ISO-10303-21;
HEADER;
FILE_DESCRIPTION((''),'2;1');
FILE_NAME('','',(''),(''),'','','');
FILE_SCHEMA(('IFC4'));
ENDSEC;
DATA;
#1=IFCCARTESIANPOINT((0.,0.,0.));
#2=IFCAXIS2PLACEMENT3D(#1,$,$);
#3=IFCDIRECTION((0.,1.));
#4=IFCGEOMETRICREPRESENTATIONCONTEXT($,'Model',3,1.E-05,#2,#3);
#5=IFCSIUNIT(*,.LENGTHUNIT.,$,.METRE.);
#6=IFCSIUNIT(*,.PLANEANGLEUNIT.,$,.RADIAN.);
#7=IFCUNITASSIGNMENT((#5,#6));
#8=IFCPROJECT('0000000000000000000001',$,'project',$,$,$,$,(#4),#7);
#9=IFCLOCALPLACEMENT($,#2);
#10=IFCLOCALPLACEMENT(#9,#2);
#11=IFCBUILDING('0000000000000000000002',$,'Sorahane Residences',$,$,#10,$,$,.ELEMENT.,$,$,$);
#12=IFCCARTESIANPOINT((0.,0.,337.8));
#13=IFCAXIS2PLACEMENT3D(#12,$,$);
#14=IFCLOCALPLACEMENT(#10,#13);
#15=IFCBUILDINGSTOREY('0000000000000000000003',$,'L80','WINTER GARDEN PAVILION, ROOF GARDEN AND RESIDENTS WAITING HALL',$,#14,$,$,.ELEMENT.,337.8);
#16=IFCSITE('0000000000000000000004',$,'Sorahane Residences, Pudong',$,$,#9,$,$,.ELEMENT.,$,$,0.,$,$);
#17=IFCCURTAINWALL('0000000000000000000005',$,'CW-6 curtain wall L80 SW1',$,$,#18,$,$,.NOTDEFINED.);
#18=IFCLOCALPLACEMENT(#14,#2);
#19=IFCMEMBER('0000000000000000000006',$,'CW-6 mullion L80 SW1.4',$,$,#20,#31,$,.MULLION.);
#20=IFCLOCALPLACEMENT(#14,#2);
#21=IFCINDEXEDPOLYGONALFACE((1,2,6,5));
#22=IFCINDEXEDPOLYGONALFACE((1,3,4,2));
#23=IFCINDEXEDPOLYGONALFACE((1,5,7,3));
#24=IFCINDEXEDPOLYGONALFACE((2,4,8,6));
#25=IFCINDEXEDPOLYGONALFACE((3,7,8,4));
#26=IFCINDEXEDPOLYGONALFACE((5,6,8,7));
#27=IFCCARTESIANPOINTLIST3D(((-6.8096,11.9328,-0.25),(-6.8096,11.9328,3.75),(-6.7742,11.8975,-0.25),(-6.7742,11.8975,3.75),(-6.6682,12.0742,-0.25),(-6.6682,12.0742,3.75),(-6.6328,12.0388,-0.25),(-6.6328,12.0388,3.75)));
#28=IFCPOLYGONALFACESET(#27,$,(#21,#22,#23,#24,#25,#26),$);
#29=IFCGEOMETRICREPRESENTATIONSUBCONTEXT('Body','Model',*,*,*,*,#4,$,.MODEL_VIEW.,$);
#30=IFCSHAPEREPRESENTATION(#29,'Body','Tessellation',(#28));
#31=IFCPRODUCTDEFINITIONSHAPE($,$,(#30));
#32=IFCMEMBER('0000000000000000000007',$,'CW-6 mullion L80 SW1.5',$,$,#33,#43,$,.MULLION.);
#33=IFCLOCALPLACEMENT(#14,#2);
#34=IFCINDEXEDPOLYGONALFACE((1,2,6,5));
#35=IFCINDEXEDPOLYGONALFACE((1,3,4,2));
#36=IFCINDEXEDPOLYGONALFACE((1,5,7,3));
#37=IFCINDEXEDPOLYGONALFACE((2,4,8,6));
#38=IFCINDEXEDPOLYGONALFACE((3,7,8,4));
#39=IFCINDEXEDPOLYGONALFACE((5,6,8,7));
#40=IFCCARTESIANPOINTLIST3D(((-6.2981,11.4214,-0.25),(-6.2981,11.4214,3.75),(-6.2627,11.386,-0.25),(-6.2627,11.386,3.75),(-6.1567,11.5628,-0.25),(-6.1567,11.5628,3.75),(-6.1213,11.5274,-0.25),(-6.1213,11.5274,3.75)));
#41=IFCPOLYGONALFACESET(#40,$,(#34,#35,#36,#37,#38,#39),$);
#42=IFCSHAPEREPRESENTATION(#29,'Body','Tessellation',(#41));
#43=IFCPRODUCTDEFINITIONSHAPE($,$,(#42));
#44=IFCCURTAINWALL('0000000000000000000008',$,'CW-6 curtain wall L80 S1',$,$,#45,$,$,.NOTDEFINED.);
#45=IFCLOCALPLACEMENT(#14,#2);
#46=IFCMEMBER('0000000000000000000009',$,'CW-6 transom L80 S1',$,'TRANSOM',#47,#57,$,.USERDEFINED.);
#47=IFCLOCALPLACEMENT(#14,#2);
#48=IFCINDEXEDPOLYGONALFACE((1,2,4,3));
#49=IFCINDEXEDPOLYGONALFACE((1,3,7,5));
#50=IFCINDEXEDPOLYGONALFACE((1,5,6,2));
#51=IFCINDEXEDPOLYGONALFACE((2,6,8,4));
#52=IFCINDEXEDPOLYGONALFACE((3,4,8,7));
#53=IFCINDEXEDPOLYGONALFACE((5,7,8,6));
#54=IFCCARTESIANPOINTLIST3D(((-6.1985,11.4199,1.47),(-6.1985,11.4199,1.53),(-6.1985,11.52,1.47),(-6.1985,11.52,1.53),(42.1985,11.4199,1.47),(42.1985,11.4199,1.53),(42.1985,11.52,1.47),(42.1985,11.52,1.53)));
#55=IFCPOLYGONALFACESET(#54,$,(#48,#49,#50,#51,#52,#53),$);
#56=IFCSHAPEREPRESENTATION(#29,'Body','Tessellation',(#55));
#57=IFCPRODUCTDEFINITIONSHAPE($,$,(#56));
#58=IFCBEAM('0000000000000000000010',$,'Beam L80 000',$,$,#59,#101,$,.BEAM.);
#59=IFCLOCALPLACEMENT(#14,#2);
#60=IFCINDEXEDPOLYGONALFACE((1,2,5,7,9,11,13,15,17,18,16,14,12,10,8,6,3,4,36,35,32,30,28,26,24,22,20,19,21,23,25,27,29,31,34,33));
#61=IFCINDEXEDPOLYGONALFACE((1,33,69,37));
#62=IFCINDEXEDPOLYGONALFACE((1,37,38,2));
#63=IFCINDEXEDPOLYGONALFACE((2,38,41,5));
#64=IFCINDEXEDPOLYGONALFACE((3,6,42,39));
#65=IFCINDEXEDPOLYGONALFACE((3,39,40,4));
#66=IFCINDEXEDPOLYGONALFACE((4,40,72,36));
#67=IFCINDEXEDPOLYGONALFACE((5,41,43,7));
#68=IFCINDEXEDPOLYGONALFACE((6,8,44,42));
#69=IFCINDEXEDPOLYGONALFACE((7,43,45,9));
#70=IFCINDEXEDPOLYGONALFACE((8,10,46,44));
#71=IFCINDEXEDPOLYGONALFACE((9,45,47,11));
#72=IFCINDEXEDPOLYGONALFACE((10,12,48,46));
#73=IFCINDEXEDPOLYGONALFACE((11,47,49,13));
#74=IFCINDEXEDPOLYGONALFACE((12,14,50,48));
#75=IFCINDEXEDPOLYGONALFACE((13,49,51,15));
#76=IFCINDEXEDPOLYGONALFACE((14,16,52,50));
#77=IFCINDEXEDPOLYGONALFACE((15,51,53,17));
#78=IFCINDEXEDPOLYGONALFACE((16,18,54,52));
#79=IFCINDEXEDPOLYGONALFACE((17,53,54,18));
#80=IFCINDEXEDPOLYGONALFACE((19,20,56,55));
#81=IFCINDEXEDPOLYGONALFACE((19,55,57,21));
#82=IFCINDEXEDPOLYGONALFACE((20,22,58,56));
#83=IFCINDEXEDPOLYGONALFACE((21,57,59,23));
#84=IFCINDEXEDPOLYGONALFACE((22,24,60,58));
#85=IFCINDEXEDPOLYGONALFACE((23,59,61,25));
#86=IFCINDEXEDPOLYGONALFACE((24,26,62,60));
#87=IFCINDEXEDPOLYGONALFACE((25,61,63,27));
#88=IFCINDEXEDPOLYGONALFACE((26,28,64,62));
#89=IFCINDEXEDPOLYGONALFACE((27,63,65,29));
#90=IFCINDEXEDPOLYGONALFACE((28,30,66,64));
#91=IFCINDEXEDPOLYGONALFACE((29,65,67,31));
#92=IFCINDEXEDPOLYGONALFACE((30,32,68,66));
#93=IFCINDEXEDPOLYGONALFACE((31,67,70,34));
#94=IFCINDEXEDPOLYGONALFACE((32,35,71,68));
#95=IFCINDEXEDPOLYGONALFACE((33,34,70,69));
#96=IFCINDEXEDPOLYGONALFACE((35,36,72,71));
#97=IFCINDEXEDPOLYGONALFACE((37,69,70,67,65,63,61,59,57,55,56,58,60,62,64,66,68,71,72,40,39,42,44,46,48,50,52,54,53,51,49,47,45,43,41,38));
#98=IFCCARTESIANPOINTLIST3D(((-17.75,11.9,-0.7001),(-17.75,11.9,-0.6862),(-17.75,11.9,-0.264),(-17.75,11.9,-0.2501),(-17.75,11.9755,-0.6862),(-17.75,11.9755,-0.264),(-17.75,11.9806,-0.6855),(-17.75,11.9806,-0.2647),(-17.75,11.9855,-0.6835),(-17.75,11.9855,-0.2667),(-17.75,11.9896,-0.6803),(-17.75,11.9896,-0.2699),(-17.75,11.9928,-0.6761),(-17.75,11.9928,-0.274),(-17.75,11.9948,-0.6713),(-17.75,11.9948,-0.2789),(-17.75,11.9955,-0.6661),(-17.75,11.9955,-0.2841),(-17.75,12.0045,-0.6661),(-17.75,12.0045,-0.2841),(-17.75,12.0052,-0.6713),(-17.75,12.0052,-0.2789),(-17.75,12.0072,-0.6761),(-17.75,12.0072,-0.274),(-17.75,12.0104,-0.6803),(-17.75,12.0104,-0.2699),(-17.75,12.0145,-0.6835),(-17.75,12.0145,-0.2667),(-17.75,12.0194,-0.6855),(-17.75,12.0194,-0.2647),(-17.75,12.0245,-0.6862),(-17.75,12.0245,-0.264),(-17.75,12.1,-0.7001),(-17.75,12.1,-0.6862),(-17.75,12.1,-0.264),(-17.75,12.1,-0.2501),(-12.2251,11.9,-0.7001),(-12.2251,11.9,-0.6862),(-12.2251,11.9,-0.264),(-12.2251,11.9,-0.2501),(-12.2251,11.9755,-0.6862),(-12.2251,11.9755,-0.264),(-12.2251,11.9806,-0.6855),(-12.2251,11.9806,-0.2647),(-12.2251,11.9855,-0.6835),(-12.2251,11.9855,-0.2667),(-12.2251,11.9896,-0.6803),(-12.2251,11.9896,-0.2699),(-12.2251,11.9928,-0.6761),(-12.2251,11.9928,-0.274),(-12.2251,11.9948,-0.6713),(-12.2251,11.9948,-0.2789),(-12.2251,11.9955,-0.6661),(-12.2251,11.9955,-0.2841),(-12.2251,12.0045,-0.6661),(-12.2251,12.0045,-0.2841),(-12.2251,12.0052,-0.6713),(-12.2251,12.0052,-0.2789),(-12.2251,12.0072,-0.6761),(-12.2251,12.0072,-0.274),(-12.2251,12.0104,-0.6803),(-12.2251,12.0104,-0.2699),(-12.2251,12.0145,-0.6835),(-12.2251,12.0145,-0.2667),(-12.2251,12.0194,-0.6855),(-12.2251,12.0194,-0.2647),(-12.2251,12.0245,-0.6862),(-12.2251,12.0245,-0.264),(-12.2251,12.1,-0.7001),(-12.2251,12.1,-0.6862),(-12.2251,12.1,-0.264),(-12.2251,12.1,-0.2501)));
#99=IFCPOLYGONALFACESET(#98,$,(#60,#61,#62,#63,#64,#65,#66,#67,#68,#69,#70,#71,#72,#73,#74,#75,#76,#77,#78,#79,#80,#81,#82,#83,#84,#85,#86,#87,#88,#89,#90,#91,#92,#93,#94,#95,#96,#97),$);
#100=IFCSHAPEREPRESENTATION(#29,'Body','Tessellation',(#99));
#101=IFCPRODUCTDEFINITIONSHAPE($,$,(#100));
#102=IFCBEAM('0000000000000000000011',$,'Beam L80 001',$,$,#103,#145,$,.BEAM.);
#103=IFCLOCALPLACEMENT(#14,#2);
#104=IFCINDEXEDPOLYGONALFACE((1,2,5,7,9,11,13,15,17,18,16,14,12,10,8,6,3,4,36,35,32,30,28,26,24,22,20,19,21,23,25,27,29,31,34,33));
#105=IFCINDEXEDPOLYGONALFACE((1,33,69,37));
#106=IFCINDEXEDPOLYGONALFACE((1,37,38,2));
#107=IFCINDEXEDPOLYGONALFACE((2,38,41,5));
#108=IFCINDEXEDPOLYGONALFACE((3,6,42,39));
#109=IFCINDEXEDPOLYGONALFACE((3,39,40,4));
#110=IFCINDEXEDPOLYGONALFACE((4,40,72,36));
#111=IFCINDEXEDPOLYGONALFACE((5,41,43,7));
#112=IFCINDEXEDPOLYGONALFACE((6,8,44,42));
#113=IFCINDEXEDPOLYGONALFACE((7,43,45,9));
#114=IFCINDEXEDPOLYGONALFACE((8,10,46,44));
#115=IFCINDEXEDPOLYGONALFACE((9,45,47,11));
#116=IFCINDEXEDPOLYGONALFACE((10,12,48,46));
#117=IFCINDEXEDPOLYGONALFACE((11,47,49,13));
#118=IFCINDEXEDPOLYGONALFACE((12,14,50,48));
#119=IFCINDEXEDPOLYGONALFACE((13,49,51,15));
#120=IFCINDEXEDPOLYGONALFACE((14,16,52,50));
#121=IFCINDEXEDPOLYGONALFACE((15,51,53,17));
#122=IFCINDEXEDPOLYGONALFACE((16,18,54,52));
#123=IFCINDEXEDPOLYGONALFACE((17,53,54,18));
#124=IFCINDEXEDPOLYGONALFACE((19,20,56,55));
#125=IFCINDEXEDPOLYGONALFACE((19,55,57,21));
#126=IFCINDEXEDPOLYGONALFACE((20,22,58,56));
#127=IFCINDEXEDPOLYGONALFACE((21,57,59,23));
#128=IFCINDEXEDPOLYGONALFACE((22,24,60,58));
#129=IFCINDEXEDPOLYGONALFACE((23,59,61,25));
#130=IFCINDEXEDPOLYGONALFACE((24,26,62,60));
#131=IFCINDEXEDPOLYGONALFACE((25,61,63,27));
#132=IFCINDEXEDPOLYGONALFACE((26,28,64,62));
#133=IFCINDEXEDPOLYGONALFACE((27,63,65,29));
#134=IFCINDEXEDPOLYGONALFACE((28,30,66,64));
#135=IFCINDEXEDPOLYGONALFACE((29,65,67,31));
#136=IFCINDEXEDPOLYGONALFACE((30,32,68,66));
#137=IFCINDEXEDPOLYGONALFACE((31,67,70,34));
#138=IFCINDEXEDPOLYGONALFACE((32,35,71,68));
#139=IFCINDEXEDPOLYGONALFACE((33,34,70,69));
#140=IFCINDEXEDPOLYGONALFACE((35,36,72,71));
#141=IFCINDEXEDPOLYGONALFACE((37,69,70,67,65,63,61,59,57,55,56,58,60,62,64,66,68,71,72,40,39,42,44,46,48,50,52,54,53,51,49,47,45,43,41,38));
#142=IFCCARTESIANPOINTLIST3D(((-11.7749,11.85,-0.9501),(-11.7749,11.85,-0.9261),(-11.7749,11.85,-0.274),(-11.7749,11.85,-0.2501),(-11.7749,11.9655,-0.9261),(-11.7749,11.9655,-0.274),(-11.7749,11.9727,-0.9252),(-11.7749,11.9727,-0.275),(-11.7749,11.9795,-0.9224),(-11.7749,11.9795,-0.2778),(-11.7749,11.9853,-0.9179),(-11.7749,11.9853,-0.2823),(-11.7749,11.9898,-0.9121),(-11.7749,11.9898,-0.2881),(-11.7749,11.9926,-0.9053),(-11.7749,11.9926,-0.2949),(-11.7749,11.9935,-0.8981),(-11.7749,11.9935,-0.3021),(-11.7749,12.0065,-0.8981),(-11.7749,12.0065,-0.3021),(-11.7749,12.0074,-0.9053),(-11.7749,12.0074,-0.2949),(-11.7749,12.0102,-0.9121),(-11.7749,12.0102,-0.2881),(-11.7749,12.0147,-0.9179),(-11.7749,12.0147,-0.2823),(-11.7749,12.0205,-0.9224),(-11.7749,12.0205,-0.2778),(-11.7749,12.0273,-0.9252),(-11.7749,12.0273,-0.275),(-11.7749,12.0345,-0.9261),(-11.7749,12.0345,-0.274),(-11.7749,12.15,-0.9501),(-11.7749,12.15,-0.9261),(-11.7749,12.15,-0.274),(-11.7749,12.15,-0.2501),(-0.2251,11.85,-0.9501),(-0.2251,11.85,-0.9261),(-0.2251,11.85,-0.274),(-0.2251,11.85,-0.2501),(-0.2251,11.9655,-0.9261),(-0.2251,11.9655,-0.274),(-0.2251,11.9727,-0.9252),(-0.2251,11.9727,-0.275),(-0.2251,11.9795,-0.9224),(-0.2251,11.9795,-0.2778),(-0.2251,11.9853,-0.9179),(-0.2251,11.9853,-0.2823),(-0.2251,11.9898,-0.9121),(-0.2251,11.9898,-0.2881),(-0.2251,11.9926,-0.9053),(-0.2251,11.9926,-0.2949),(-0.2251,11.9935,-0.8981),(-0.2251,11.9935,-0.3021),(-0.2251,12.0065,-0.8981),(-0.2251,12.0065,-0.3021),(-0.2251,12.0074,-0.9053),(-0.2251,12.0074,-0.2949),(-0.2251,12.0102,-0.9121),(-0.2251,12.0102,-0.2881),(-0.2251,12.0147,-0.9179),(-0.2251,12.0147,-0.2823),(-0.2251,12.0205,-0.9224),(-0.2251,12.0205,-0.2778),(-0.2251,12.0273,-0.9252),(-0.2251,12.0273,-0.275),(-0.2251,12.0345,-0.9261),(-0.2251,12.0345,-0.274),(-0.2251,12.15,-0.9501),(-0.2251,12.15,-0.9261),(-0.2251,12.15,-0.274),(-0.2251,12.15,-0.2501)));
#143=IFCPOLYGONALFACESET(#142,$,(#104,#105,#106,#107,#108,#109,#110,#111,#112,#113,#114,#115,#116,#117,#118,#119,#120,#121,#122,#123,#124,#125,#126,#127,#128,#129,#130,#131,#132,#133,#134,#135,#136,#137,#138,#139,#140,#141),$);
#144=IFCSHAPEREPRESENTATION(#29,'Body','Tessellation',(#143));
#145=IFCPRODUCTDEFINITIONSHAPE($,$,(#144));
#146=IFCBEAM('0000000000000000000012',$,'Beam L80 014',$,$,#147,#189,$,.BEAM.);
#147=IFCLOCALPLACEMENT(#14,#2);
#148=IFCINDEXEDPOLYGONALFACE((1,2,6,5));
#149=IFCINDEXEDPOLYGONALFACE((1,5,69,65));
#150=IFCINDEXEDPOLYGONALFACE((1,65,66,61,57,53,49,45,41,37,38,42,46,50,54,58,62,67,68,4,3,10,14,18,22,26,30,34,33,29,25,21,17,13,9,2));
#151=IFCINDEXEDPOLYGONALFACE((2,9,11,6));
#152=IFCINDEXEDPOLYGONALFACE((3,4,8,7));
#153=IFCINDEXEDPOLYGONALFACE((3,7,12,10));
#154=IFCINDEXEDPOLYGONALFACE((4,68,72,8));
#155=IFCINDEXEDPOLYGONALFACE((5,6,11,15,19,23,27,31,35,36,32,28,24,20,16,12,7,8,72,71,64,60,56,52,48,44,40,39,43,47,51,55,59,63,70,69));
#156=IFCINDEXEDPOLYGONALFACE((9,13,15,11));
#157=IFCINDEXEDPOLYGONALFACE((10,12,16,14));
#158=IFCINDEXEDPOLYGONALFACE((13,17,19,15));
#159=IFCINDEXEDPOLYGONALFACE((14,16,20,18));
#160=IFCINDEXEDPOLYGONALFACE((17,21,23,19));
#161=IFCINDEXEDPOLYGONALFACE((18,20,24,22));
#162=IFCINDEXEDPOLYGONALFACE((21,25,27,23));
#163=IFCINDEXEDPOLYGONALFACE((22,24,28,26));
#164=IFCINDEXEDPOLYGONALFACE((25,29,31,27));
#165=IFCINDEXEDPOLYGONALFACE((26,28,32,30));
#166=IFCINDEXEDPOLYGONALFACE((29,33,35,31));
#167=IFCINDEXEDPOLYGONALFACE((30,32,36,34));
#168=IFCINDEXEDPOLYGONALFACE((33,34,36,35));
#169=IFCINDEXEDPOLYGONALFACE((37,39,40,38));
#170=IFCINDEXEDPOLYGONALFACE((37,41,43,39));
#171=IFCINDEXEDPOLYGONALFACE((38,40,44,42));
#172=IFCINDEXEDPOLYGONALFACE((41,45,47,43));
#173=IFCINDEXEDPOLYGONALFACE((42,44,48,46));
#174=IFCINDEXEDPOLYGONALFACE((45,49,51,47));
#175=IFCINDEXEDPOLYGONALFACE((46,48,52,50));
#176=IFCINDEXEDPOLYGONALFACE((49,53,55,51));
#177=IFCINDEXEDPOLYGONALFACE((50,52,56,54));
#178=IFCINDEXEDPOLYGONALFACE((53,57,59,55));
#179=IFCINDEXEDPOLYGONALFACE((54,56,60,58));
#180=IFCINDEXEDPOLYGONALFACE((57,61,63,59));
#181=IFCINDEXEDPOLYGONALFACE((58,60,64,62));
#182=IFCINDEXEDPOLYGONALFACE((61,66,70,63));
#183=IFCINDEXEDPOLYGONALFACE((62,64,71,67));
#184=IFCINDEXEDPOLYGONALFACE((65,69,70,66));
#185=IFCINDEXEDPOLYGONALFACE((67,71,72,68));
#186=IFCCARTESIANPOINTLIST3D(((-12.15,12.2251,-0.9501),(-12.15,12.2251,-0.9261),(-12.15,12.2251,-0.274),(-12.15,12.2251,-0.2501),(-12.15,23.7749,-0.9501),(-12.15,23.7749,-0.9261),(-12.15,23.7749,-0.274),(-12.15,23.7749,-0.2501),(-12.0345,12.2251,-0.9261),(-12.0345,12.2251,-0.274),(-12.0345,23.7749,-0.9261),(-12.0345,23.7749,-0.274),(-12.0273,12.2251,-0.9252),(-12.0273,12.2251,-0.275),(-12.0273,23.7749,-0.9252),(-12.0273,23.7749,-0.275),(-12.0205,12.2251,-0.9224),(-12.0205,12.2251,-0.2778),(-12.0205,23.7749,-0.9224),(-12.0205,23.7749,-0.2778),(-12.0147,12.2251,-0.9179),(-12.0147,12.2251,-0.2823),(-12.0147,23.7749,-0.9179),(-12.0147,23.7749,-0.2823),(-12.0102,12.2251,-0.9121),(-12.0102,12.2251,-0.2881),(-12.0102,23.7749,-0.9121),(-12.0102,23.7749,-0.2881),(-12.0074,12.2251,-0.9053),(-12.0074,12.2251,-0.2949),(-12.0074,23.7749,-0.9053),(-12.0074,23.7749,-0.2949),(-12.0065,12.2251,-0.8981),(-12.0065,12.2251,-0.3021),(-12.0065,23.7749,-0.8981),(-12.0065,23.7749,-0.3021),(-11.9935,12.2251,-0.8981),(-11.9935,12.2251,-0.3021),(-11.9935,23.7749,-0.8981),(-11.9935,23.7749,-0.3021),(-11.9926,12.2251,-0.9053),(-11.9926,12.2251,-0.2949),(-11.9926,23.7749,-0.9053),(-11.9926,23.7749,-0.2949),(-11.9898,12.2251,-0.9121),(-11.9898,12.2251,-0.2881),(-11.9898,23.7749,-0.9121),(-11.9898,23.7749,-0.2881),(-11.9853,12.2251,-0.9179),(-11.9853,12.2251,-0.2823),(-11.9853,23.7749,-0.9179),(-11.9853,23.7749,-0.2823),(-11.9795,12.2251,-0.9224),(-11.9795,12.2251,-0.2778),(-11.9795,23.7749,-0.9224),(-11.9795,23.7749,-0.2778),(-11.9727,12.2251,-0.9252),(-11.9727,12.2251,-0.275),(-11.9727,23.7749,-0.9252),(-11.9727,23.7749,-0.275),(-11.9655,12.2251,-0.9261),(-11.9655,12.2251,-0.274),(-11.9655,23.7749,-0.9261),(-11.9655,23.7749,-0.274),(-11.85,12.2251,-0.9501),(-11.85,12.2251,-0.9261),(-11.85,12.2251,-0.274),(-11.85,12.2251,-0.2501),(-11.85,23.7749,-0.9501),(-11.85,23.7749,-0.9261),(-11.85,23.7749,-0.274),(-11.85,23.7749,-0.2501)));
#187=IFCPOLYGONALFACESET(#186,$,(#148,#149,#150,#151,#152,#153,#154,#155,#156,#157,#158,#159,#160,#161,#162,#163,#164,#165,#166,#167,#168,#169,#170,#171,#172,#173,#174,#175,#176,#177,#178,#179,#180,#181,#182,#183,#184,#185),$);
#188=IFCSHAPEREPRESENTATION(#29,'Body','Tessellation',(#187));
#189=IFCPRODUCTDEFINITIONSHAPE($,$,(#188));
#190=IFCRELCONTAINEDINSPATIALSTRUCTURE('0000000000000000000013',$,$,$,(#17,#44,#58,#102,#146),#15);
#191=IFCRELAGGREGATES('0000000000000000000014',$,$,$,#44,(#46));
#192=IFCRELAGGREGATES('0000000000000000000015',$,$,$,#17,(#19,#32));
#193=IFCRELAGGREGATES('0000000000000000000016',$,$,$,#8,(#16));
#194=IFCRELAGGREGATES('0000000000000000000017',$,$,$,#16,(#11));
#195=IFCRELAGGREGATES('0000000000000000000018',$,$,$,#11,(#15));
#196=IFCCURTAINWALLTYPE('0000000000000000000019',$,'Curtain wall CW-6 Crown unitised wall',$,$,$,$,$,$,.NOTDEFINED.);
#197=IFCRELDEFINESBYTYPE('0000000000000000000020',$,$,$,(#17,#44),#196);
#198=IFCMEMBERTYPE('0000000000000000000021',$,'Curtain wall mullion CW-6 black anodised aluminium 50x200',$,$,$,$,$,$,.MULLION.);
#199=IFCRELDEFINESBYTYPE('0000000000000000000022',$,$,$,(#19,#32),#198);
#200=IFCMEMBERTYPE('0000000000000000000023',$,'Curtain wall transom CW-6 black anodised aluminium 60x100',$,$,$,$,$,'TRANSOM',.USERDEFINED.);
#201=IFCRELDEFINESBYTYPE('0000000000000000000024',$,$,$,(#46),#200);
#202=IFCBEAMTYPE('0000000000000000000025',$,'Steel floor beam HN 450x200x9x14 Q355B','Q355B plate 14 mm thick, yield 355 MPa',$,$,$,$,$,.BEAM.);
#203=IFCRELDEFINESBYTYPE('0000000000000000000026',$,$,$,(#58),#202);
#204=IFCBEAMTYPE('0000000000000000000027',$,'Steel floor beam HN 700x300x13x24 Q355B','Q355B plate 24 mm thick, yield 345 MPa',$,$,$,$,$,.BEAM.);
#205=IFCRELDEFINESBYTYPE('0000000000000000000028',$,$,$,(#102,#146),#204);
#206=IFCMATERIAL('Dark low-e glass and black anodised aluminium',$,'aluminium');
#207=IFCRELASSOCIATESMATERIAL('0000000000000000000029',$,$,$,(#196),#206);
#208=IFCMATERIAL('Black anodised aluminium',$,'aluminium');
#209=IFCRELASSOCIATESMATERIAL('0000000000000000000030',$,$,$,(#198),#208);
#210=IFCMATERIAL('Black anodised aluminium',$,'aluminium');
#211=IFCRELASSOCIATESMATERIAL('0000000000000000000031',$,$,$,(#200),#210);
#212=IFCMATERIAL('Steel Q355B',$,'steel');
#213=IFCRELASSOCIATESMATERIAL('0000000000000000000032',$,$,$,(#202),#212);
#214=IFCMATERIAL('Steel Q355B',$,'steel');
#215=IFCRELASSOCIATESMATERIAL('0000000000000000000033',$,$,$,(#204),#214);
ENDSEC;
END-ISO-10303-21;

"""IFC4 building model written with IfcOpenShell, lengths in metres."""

from ifc_helpers import new_model, si_unit, direction, frame, origin, origin_2d, place, context, subcontext, project, spatial, rectangle, i_section, extrude, material, material_profile, profile_set, type_object, element, aggregate, save


model = new_model("IFC4")

# Units and contexts
model_context = context("Model", 3, precision=1e-05, world=origin(), true_north=direction((0.0, 1.0)))
body_context = subcontext(model_context, "Body", "Model", "MODEL_VIEW")
ifc_project = project(units=[si_unit("LENGTHUNIT", "METRE"), si_unit("PLANEANGLEUNIT", "RADIAN")], contexts=[model_context])

# Site, building, storey
site_placement = place(None, origin())
site = spatial("IfcSite", under=ifc_project, at=site_placement, Name="Sorahane Residences, Pudong", CompositionType="ELEMENT", RefElevation=0.0)
building_placement = place(site_placement, origin())
building = spatial("IfcBuilding", under=site, at=building_placement, Name="Sorahane Residences", CompositionType="ELEMENT")
storey_placement = place(building_placement, frame((0.0, 0.0, 337.8)))
storey = spatial("IfcBuildingStorey", under=building, at=storey_placement, Name="L80", Description="WINTER GARDEN PAVILION, ROOF GARDEN AND RESIDENTS WAITING HALL", CompositionType="ELEMENT", Elevation=337.8)

# Curtain wall, members
ifc_material_1 = material(Name="Dark low-e glass and black anodised aluminium", Category="aluminium")
curtain_wall_type = type_object("IfcCurtainWallType", Name="Curtain wall CW-6 Crown unitised wall", PredefinedType="NOTDEFINED", material=ifc_material_1)
curtain_wall_1_placement = place(storey_placement, origin())
curtain_wall_1 = element("IfcCurtainWall", 1, at=curtain_wall_1_placement, inside=storey, type_object=curtain_wall_type, Name="CW-6 curtain wall L80 SW1", PredefinedType="NOTDEFINED")
ifc_material_2 = material(Name="Black anodised aluminium", Category="aluminium")
ifc_material_profile_1 = material_profile(ifc_material_2, rectangle(XDim=0.2, YDim=0.05, at=origin_2d()), Name="Curtain wall mullion CW-6 black anodised aluminium 50x200")
ifc_profile_set_1 = profile_set([ifc_material_profile_1], Name="Black anodised aluminium")
member_type_1 = type_object("IfcMemberType", Name="Curtain wall mullion CW-6 black anodised aluminium 50x200", PredefinedType="MULLION", material=ifc_profile_set_1)
member_1_placement = place(storey_placement, frame((-6.7212, 11.9858, -0.25), z_axis=(0.0, 0.0, 1.0), x_axis=(-0.707107, -0.707107, 0.0)))
member_1 = element("IfcMember", 2, at=member_1_placement, type_object=member_type_1, Name="CW-6 mullion L80 SW1.4", PredefinedType="MULLION", context=body_context, shape_type="SweptSolid", body=[
    extrude(rectangle(XDim=0.2, YDim=0.05, at=origin_2d()), origin(), (0.0, 0.0, 1.0), 4.0),
])
member_2_placement = place(storey_placement, frame((-6.2097, 11.4744, -0.25), z_axis=(0.0, 0.0, 1.0), x_axis=(-0.707107, -0.707107, 0.0)))
member_2 = element("IfcMember", 3, at=member_2_placement, type_object=member_type_1, Name="CW-6 mullion L80 SW1.5", PredefinedType="MULLION", context=body_context, shape_type="SweptSolid", body=[
    extrude(rectangle(XDim=0.2, YDim=0.05, at=origin_2d()), origin(), (0.0, 0.0, 1.0), 4.0),
])

# Curtain wall, member
curtain_wall_2_placement = place(storey_placement, origin())
curtain_wall_2 = element("IfcCurtainWall", 4, at=curtain_wall_2_placement, inside=storey, type_object=curtain_wall_type, Name="CW-6 curtain wall L80 S1", PredefinedType="NOTDEFINED")
ifc_material_3 = material(Name="Black anodised aluminium", Category="aluminium")
ifc_material_profile_2 = material_profile(ifc_material_3, rectangle(XDim=0.1001, YDim=0.0601, at=origin_2d()), Name="Curtain wall transom CW-6 black anodised aluminium 60x100")
ifc_profile_set_2 = profile_set([ifc_material_profile_2], Name="Black anodised aluminium")
member_type_2 = type_object("IfcMemberType", Name="Curtain wall transom CW-6 black anodised aluminium 60x100", ElementType="TRANSOM", PredefinedType="USERDEFINED", material=ifc_profile_set_2)
member_3_placement = place(storey_placement, frame((-6.1985, 11.47, 1.5), z_axis=(1.0, 0.0, 0.0), x_axis=(0.0, 1.0, 0.0)))
member_3 = element("IfcMember", 5, at=member_3_placement, type_object=member_type_2, Name="CW-6 transom L80 S1", ObjectType="TRANSOM", PredefinedType="USERDEFINED", context=body_context, shape_type="SweptSolid", body=[
    extrude(rectangle(XDim=0.1001, YDim=0.0601, at=origin_2d()), origin(), (0.0, 0.0, 1.0), 48.397),
])

# Beams
ifc_material_4 = material(Name="Steel Q355B", Category="steel")
ifc_material_profile_3 = material_profile(ifc_material_4, i_section(OverallWidth=0.2, OverallDepth=0.45, WebThickness=0.009, FlangeThickness=0.0139, FilletRadius=0.02, at=origin_2d()), Name="HN 450x200x9x14")
ifc_profile_set_3 = profile_set([ifc_material_profile_3], Name="Steel Q355B")
beam_type_1 = type_object("IfcBeamType", Name="Steel floor beam HN 450x200x9x14 Q355B", Description="Q355B plate 14 mm thick, yield 355 MPa", PredefinedType="BEAM", material=ifc_profile_set_3)
beam_1_placement = place(storey_placement, frame((-17.75, 12.0, -0.4751), z_axis=(1.0, 0.0, 0.0), x_axis=(0.0, 1.0, 0.0)))
element("IfcBeam", 6, at=beam_1_placement, inside=storey, type_object=beam_type_1, Name="Beam L80 000", PredefinedType="BEAM", context=body_context, shape_type="SweptSolid", body=[
    extrude(i_section(OverallWidth=0.2, OverallDepth=0.45, WebThickness=0.009, FlangeThickness=0.0139, FilletRadius=0.02, at=origin_2d()), origin(), (0.0, 0.0, 1.0), 5.5249),
])
ifc_material_5 = material(Name="Steel Q355B", Category="steel")
ifc_material_profile_4 = material_profile(ifc_material_5, i_section(OverallWidth=0.3, OverallDepth=0.7, WebThickness=0.0129, FlangeThickness=0.0239, FilletRadius=0.0281, at=origin_2d()), Name="HN 700x300x13x24")
ifc_profile_set_4 = profile_set([ifc_material_profile_4], Name="Steel Q355B")
beam_type_2 = type_object("IfcBeamType", Name="Steel floor beam HN 700x300x13x24 Q355B", Description="Q355B plate 24 mm thick, yield 345 MPa", PredefinedType="BEAM", material=ifc_profile_set_4)
for number, where, z_axis, x_axis, name in (
    (7, (-11.7749, 12.0, -0.6001), (1.0, 0.0, 0.0), (0.0, 1.0, 0.0), "Beam L80 001"),
    (8, (-12.0, 12.2251, -0.6001), (0.0, 1.0, 0.0), (-1.0, 0.0, 0.0), "Beam L80 014"),
):
    element("IfcBeam", number, at=place(storey_placement, frame(where, z_axis=z_axis, x_axis=x_axis)), inside=storey, type_object=beam_type_2, Name=name, PredefinedType="BEAM", context=body_context, shape_type="SweptSolid", body=[
        extrude(i_section(OverallWidth=0.3, OverallDepth=0.7, WebThickness=0.0129, FlangeThickness=0.0239, FilletRadius=0.0281, at=origin_2d()), origin(), (0.0, 0.0, 1.0), 11.5498),
    ])

aggregate(curtain_wall_2, [member_3])
aggregate(curtain_wall_1, [member_1, member_2])

save(model, "model.ifc")
